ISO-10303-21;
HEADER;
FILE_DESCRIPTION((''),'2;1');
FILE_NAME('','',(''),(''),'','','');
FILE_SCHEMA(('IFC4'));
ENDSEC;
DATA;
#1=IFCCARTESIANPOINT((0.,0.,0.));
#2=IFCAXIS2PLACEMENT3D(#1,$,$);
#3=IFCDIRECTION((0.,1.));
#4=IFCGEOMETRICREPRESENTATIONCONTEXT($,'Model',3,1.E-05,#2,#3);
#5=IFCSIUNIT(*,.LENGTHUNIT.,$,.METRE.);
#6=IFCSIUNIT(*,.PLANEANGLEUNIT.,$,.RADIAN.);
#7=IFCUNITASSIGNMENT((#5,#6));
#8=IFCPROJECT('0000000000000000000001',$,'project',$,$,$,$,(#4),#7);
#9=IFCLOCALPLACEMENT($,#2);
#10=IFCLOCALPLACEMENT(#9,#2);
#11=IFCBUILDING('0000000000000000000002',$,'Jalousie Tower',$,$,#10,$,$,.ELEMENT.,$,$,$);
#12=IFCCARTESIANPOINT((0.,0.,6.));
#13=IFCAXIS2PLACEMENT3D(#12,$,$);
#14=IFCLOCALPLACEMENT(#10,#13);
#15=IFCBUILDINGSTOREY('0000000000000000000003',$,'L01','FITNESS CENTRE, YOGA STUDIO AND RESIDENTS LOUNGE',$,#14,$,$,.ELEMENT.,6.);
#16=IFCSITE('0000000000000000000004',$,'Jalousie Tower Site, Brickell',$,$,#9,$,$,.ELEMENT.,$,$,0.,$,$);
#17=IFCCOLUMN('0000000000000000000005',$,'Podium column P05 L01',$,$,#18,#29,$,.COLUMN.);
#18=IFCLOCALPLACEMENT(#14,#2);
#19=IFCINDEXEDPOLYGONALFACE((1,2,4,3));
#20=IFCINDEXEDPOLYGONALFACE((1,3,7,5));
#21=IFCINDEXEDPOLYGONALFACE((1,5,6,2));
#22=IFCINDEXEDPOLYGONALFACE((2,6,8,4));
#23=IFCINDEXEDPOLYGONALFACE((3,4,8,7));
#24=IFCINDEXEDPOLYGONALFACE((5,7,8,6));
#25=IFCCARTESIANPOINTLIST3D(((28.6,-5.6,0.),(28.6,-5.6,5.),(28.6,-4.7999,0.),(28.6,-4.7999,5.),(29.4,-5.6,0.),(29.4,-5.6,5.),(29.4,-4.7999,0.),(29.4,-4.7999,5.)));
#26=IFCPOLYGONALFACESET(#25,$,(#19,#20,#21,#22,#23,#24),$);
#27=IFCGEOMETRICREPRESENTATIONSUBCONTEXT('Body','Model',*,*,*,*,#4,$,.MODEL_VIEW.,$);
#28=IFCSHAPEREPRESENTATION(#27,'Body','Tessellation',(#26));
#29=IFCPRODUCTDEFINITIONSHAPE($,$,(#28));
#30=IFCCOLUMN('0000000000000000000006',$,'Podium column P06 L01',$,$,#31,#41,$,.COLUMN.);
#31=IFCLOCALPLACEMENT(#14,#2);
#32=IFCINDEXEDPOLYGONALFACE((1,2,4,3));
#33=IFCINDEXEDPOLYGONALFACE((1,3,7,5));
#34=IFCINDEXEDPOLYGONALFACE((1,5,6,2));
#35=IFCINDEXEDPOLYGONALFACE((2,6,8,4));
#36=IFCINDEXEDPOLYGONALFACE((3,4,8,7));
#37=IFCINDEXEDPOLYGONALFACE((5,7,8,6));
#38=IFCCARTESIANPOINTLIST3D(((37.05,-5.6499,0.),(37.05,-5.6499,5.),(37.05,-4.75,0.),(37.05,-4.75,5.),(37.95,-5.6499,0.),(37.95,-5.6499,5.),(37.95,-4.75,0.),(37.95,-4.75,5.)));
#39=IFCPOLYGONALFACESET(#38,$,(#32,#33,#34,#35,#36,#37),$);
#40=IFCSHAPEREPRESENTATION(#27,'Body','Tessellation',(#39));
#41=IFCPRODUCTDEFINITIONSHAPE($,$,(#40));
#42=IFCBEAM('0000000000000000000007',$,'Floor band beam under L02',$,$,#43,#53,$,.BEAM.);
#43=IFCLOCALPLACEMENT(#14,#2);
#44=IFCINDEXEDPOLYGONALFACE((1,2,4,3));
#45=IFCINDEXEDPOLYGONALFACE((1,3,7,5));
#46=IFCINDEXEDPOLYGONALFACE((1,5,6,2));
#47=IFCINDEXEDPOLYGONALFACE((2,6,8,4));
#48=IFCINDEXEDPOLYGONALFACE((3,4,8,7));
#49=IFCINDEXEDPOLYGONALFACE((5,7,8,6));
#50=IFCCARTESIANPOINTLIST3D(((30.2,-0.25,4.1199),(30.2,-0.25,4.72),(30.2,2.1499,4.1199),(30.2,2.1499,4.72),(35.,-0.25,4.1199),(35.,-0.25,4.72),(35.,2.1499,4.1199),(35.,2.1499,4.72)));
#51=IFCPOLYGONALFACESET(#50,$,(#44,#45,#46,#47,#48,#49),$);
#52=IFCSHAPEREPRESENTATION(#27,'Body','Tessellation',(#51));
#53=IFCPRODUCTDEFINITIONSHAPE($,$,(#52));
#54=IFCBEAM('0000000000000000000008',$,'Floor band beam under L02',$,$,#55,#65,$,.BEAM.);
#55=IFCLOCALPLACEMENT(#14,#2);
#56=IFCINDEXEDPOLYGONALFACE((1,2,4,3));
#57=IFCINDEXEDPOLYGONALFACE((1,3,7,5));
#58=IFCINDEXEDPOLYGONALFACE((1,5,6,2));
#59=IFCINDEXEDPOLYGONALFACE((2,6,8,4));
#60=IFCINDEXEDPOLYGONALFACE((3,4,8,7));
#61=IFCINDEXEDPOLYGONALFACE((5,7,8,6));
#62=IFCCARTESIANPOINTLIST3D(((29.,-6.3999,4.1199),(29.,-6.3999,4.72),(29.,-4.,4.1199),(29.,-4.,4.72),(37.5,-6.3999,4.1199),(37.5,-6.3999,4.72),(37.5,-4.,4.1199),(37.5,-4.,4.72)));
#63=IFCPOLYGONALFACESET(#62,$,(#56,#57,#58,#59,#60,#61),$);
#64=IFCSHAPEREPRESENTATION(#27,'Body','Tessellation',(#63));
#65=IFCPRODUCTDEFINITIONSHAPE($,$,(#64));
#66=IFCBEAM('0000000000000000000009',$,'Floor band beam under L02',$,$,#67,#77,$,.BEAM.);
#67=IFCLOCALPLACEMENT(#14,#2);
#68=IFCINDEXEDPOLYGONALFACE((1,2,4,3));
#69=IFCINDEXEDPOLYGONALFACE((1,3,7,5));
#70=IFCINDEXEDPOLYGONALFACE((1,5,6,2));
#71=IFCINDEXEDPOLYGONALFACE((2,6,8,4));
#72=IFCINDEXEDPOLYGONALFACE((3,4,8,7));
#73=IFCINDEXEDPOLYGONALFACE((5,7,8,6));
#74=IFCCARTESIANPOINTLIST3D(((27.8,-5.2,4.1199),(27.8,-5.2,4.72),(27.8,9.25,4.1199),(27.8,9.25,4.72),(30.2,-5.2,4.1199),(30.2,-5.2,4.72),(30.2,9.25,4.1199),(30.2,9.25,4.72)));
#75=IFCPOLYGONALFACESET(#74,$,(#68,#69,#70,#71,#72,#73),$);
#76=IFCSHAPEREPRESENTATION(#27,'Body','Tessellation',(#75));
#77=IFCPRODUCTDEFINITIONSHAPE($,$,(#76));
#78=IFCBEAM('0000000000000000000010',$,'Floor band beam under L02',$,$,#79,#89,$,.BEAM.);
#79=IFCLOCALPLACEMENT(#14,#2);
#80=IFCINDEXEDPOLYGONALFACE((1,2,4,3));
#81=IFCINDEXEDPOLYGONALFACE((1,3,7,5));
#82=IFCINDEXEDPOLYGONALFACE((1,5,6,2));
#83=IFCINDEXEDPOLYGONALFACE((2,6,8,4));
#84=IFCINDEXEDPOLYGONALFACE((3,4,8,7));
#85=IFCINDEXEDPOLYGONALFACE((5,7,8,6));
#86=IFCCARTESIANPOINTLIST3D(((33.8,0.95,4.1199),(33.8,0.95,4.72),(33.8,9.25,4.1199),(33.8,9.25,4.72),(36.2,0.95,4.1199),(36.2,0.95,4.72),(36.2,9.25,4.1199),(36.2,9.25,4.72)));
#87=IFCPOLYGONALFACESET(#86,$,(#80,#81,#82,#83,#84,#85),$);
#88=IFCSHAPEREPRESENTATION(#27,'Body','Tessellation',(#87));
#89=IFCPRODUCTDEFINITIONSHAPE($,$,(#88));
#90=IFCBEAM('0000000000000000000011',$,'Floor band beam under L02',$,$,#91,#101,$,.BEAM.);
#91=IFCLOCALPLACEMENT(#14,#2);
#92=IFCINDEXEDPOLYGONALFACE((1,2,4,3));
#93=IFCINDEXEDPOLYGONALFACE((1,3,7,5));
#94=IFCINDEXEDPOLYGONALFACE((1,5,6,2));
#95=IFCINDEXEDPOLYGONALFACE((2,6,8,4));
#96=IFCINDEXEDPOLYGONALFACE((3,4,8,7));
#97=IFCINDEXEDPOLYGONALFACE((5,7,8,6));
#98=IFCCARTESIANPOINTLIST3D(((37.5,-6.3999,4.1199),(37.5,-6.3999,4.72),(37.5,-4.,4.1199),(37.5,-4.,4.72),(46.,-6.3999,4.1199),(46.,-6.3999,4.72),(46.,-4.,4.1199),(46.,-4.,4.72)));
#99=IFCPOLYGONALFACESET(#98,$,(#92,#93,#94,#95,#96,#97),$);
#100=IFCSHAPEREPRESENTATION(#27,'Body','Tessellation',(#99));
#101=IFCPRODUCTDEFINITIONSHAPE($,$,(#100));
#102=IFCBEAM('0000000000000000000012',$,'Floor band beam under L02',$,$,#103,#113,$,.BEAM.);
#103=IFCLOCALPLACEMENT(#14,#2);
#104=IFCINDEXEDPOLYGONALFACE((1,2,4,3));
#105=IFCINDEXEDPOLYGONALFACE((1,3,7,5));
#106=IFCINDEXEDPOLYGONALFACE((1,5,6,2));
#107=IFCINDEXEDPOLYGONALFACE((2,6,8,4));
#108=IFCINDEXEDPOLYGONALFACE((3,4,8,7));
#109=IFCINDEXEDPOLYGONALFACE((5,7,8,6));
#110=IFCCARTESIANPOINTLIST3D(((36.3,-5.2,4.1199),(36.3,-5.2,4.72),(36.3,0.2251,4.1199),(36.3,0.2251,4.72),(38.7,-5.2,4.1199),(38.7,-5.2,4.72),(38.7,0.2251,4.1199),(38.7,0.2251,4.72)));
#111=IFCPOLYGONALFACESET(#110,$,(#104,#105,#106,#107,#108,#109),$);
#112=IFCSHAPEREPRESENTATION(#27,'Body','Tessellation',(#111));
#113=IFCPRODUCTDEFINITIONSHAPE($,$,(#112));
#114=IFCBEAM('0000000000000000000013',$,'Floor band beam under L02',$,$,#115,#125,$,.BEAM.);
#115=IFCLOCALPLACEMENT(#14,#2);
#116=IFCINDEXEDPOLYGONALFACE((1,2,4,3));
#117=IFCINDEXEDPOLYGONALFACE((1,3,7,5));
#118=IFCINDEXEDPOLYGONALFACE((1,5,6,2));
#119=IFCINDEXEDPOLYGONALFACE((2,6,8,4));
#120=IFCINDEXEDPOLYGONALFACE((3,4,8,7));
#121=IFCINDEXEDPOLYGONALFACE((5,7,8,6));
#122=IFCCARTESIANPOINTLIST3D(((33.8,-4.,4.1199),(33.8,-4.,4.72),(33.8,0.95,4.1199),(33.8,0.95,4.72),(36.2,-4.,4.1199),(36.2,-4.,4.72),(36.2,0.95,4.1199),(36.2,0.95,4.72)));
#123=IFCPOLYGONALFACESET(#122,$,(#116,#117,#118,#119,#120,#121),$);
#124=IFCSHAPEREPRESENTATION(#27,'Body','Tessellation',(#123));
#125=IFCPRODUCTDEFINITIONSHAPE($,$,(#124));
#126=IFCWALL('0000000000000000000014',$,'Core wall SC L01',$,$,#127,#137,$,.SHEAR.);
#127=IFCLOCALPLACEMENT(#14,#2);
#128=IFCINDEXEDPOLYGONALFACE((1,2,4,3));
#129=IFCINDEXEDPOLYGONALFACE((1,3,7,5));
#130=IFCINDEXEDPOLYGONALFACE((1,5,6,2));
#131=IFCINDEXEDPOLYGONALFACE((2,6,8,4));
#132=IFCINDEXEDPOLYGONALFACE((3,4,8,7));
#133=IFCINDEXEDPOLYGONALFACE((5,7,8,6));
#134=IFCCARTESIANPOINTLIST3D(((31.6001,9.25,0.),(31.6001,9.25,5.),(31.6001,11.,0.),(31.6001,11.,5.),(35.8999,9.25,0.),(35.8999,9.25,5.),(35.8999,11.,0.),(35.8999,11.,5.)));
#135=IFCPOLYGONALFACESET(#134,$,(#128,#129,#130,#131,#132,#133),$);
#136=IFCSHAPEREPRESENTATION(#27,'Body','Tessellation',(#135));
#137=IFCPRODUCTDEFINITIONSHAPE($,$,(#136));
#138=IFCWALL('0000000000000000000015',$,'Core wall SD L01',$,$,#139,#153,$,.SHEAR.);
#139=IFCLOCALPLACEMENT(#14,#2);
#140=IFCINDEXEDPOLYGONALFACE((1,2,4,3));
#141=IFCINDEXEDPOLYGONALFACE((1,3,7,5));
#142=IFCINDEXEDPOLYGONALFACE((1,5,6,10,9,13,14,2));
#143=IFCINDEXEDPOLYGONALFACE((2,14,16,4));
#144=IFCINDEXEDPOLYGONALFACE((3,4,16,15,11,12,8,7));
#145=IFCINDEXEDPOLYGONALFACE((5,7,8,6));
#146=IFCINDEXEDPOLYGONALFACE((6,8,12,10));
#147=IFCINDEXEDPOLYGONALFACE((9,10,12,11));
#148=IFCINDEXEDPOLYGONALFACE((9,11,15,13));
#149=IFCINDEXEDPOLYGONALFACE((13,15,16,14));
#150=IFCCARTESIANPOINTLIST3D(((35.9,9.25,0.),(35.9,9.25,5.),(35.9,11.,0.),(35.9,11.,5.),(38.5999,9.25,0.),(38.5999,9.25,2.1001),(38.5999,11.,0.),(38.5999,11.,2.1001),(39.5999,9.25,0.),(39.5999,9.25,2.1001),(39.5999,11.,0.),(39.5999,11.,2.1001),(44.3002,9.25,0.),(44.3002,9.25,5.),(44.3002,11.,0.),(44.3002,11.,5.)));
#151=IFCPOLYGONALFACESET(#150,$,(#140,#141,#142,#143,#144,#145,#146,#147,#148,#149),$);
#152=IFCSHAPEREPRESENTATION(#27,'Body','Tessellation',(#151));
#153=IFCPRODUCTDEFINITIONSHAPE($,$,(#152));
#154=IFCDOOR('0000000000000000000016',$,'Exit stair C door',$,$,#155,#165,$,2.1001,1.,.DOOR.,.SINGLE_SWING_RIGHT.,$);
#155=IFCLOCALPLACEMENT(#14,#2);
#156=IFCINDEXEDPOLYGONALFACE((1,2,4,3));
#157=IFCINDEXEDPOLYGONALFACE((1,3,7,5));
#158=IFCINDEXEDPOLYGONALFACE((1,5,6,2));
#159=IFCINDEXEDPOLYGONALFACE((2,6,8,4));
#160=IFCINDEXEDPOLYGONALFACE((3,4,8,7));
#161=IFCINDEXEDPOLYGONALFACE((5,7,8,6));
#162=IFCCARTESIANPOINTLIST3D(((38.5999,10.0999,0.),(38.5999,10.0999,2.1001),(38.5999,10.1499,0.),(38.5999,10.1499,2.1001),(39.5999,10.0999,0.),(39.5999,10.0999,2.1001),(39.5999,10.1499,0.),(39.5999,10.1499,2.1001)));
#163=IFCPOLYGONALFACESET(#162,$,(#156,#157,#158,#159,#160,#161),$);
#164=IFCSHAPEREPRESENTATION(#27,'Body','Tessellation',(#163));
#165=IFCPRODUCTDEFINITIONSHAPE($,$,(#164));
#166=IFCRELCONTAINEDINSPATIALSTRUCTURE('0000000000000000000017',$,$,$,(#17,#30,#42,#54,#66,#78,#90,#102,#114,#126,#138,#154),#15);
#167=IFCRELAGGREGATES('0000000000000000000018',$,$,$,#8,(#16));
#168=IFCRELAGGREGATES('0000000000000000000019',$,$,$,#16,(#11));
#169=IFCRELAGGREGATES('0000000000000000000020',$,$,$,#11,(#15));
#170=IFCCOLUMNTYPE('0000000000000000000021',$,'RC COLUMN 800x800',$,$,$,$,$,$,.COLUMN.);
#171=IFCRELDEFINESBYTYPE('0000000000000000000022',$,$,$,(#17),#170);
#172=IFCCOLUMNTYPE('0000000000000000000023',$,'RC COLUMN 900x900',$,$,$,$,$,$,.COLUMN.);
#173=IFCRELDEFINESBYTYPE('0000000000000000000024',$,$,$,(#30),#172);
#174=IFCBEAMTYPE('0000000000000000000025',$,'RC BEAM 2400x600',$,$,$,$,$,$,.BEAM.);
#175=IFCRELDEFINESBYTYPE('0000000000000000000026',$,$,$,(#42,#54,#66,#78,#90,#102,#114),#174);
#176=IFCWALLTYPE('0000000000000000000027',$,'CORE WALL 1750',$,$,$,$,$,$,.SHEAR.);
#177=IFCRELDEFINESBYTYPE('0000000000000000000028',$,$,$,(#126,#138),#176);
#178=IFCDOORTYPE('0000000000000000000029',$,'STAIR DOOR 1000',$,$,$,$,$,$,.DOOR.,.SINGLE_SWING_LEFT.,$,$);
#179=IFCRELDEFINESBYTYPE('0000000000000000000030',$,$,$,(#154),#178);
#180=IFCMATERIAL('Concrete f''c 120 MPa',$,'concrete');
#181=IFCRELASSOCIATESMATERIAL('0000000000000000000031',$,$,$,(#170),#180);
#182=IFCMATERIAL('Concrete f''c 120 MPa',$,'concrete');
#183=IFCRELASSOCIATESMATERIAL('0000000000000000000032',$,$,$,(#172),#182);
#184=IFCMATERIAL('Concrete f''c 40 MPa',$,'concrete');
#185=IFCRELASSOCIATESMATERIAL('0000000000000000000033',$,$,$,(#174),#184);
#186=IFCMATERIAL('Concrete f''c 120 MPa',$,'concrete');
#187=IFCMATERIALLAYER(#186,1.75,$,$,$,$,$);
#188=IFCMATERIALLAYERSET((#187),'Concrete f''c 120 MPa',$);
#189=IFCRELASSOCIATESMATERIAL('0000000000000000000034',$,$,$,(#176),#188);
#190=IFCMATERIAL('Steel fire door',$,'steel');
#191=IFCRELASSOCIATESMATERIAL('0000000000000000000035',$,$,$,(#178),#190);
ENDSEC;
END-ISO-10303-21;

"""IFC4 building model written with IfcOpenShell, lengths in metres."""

from ifc_helpers import new_model, si_unit, direction, frame, frame_2d, origin, origin_2d, place, context, subcontext, project, spatial, rectangle, extrude, material, layer, layer_set, material_profile, profile_set, type_object, element, fill, save


model = new_model("IFC4")

# Units and contexts
model_context = context("Model", 3, precision=1e-05, world=origin(), true_north=direction((0.0, 1.0)))
body_context = subcontext(model_context, "Body", "Model", "MODEL_VIEW")
ifc_project = project(units=[si_unit("LENGTHUNIT", "METRE"), si_unit("PLANEANGLEUNIT", "RADIAN")], contexts=[model_context])

# Site, building, storey
site_placement = place(None, origin())
site = spatial("IfcSite", under=ifc_project, at=site_placement, Name="Jalousie Tower Site, Brickell", CompositionType="ELEMENT", RefElevation=0.0)
building_placement = place(site_placement, origin())
building = spatial("IfcBuilding", under=site, at=building_placement, Name="Jalousie Tower", CompositionType="ELEMENT")
storey_placement = place(building_placement, frame((0.0, 0.0, 6.0)))
storey = spatial("IfcBuildingStorey", under=building, at=storey_placement, Name="L01", Description="FITNESS CENTRE, YOGA STUDIO AND RESIDENTS LOUNGE", CompositionType="ELEMENT", Elevation=6.0)

# Columns
ifc_material_1 = material(Name="Concrete f'c 120 MPa", Category="concrete")
ifc_material_profile_1 = material_profile(ifc_material_1, rectangle(XDim=0.8, YDim=0.8, at=origin_2d()), Name="RC 800x800")
ifc_profile_set_1 = profile_set([ifc_material_profile_1], Name="Concrete f'c 120 MPa")
column_type_1 = type_object("IfcColumnType", Name="RC COLUMN 800x800", PredefinedType="COLUMN", material=ifc_profile_set_1)
column_1_placement = place(storey_placement, frame((29.0, -5.2, 0.0), z_axis=(0.0, 0.0, 1.0), x_axis=(1.0, 0.0, 0.0)))
element("IfcColumn", 1, at=column_1_placement, inside=storey, type_object=column_type_1, Name="Podium column P05 L01", PredefinedType="COLUMN", context=body_context, shape_type="SweptSolid", body=[
    extrude(rectangle(XDim=0.8, YDim=0.8, at=origin_2d()), origin(), (0.0, 0.0, 1.0), 5.0),
])
ifc_material_2 = material(Name="Concrete f'c 120 MPa", Category="concrete")
ifc_material_profile_2 = material_profile(ifc_material_2, rectangle(XDim=0.8999, YDim=0.8999, at=origin_2d()), Name="RC 900x900")
ifc_profile_set_2 = profile_set([ifc_material_profile_2], Name="Concrete f'c 120 MPa")
column_type_2 = type_object("IfcColumnType", Name="RC COLUMN 900x900", PredefinedType="COLUMN", material=ifc_profile_set_2)
column_2_placement = place(storey_placement, frame((37.5, -5.2, 0.0), z_axis=(0.0, 0.0, 1.0), x_axis=(1.0, 0.0, 0.0)))
element("IfcColumn", 2, at=column_2_placement, inside=storey, type_object=column_type_2, Name="Podium column P06 L01", PredefinedType="COLUMN", context=body_context, shape_type="SweptSolid", body=[
    extrude(rectangle(XDim=0.8999, YDim=0.8999, at=origin_2d()), origin(), (0.0, 0.0, 1.0), 5.0),
])

# Beams
ifc_material_3 = material(Name="Concrete f'c 40 MPa", Category="concrete")
ifc_material_profile_3 = material_profile(ifc_material_3, rectangle(XDim=2.3999, YDim=0.6001, at=origin_2d()), Name="RC 2400x600")
ifc_profile_set_3 = profile_set([ifc_material_profile_3], Name="Concrete f'c 40 MPa")
beam_type = type_object("IfcBeamType", Name="RC BEAM 2400x600", PredefinedType="BEAM", material=ifc_profile_set_3)
beam_1_placement = place(storey_placement, frame((30.2, 0.95, 4.4199), z_axis=(1.0, 0.0, 0.0), x_axis=(0.0, 1.0, 0.0)))
element("IfcBeam", 3, at=beam_1_placement, inside=storey, type_object=beam_type, Name="Floor band beam under L02", PredefinedType="BEAM", context=body_context, shape_type="SweptSolid", body=[
    extrude(rectangle(XDim=2.3999, YDim=0.6001, at=origin_2d()), origin(), (0.0, 0.0, 1.0), 4.8),
])
beam_2_placement = place(storey_placement, frame((29.0, -5.2, 4.4199), z_axis=(1.0, 0.0, 0.0), x_axis=(0.0, 1.0, 0.0)))
element("IfcBeam", 4, at=beam_2_placement, inside=storey, type_object=beam_type, Name="Floor band beam under L02", PredefinedType="BEAM", context=body_context, shape_type="SweptSolid", body=[
    extrude(rectangle(XDim=2.3999, YDim=0.6001, at=origin_2d()), origin(), (0.0, 0.0, 1.0), 8.5),
])
beam_3_placement = place(storey_placement, frame((29.0, -5.2, 4.4199), z_axis=(0.0, 1.0, 0.0), x_axis=(-1.0, 0.0, 0.0)))
element("IfcBeam", 5, at=beam_3_placement, inside=storey, type_object=beam_type, Name="Floor band beam under L02", PredefinedType="BEAM", context=body_context, shape_type="SweptSolid", body=[
    extrude(rectangle(XDim=2.3999, YDim=0.6001, at=origin_2d()), origin(), (0.0, 0.0, 1.0), 14.45),
])
beam_4_placement = place(storey_placement, frame((35.0, 0.95, 4.4199), z_axis=(0.0, 1.0, 0.0), x_axis=(-1.0, 0.0, 0.0)))
element("IfcBeam", 6, at=beam_4_placement, inside=storey, type_object=beam_type, Name="Floor band beam under L02", PredefinedType="BEAM", context=body_context, shape_type="SweptSolid", body=[
    extrude(rectangle(XDim=2.3999, YDim=0.6001, at=origin_2d()), origin(), (0.0, 0.0, 1.0), 8.3),
])
beam_5_placement = place(storey_placement, frame((37.5, -5.2, 4.4199), z_axis=(1.0, 0.0, 0.0), x_axis=(0.0, 1.0, 0.0)))
element("IfcBeam", 7, at=beam_5_placement, inside=storey, type_object=beam_type, Name="Floor band beam under L02", PredefinedType="BEAM", context=body_context, shape_type="SweptSolid", body=[
    extrude(rectangle(XDim=2.3999, YDim=0.6001, at=origin_2d()), origin(), (0.0, 0.0, 1.0), 8.5),
])
beam_6_placement = place(storey_placement, frame((37.5, -5.2, 4.4199), z_axis=(0.0, 1.0, 0.0), x_axis=(-1.0, 0.0, 0.0)))
element("IfcBeam", 8, at=beam_6_placement, inside=storey, type_object=beam_type, Name="Floor band beam under L02", PredefinedType="BEAM", context=body_context, shape_type="SweptSolid", body=[
    extrude(rectangle(XDim=2.3999, YDim=0.6001, at=origin_2d()), origin(), (0.0, 0.0, 1.0), 5.425),
])
beam_7_placement = place(storey_placement, frame((35.0, 0.95, 4.4199), z_axis=(0.0, -1.0, 0.0), x_axis=(1.0, 0.0, 0.0)))
element("IfcBeam", 9, at=beam_7_placement, inside=storey, type_object=beam_type, Name="Floor band beam under L02", PredefinedType="BEAM", context=body_context, shape_type="SweptSolid", body=[
    extrude(rectangle(XDim=2.3999, YDim=0.6001, at=origin_2d()), origin(), (0.0, 0.0, 1.0), 4.95),
])

# Wall
ifc_material_4 = material(Name="Concrete f'c 120 MPa", Category="concrete")
ifc_layer_1 = layer(ifc_material_4, 1.75)
ifc_layer_set_1 = layer_set([ifc_layer_1], Name="Concrete f'c 120 MPa")
wall_type_1 = type_object("IfcWallType", Name="CORE WALL 1750", PredefinedType="SHEAR", material=ifc_layer_set_1)
wall_1_placement = place(storey_placement, frame((31.6001, 10.125, 0.0), z_axis=(0.0, 0.0, 1.0), x_axis=(1.0, 0.0, 0.0)))
element("IfcWall", 10, at=wall_1_placement, inside=storey, type_object=wall_type_1, Name="Core wall SC L01", PredefinedType="SHEAR", context=body_context, shape_type="SweptSolid", body=[
    extrude(rectangle(XDim=4.2998, YDim=1.75, at=frame_2d((2.1499, 0.0))), origin(), (0.0, 0.0, 1.0), 5.0),
])

# Wall, opening, door
wall_2_placement = place(storey_placement, frame((35.8999, 10.125, 0.0), z_axis=(0.0, 0.0, 1.0), x_axis=(1.0, 0.0, 0.0)))
wall_2 = element("IfcWall", 11, at=wall_2_placement, inside=storey, type_object=wall_type_1, Name="Core wall SD L01", PredefinedType="SHEAR", context=body_context, shape_type="SweptSolid", body=[
    extrude(rectangle(XDim=8.4001, YDim=1.75, at=frame_2d((4.2002, 0.0))), origin(), (0.0, 0.0, 1.0), 5.0),
])
opening_1_placement = place(wall_2_placement, frame((2.7, 0.0, 0.0)))
opening_1 = element("IfcOpeningElement", 12, at=opening_1_placement, cuts=wall_2, PredefinedType="OPENING", context=body_context, shape_type="SweptSolid", body=[
    extrude(rectangle(XDim=1.0, YDim=2.1001, at=frame_2d((0.5, 1.05))), frame((0.0, 0.885, 0.0), z_axis=(0.0, -1.0, 0.0), x_axis=(1.0, 0.0, 0.0)), (0.0, 0.0, 1.0), 1.77),
])
ifc_material_5 = material(Name="Steel fire door", Category="steel")
door_type_1 = type_object("IfcDoorType", Name="STAIR DOOR 1000", OperationType="SINGLE_SWING_LEFT", PredefinedType="DOOR", material=ifc_material_5)
door_1_placement = place(opening_1_placement, origin())
door_1 = element("IfcDoor", 13, at=door_1_placement, inside=storey, type_object=door_type_1, Name="Exit stair C door", OperationType="SINGLE_SWING_RIGHT", OverallHeight=2.1001, OverallWidth=1.0, PredefinedType="DOOR", context=body_context, shape_type="SweptSolid", body=[
    extrude(rectangle(XDim=1.0, YDim=2.1001, at=frame_2d((0.5, 1.05))), frame((0.0, 0.0249, 0.0), z_axis=(0.0, -1.0, 0.0), x_axis=(1.0, 0.0, 0.0)), (0.0, 0.0, 1.0), 0.05),
])
fill(opening_1, door_1)

save(model, "model.ifc")
